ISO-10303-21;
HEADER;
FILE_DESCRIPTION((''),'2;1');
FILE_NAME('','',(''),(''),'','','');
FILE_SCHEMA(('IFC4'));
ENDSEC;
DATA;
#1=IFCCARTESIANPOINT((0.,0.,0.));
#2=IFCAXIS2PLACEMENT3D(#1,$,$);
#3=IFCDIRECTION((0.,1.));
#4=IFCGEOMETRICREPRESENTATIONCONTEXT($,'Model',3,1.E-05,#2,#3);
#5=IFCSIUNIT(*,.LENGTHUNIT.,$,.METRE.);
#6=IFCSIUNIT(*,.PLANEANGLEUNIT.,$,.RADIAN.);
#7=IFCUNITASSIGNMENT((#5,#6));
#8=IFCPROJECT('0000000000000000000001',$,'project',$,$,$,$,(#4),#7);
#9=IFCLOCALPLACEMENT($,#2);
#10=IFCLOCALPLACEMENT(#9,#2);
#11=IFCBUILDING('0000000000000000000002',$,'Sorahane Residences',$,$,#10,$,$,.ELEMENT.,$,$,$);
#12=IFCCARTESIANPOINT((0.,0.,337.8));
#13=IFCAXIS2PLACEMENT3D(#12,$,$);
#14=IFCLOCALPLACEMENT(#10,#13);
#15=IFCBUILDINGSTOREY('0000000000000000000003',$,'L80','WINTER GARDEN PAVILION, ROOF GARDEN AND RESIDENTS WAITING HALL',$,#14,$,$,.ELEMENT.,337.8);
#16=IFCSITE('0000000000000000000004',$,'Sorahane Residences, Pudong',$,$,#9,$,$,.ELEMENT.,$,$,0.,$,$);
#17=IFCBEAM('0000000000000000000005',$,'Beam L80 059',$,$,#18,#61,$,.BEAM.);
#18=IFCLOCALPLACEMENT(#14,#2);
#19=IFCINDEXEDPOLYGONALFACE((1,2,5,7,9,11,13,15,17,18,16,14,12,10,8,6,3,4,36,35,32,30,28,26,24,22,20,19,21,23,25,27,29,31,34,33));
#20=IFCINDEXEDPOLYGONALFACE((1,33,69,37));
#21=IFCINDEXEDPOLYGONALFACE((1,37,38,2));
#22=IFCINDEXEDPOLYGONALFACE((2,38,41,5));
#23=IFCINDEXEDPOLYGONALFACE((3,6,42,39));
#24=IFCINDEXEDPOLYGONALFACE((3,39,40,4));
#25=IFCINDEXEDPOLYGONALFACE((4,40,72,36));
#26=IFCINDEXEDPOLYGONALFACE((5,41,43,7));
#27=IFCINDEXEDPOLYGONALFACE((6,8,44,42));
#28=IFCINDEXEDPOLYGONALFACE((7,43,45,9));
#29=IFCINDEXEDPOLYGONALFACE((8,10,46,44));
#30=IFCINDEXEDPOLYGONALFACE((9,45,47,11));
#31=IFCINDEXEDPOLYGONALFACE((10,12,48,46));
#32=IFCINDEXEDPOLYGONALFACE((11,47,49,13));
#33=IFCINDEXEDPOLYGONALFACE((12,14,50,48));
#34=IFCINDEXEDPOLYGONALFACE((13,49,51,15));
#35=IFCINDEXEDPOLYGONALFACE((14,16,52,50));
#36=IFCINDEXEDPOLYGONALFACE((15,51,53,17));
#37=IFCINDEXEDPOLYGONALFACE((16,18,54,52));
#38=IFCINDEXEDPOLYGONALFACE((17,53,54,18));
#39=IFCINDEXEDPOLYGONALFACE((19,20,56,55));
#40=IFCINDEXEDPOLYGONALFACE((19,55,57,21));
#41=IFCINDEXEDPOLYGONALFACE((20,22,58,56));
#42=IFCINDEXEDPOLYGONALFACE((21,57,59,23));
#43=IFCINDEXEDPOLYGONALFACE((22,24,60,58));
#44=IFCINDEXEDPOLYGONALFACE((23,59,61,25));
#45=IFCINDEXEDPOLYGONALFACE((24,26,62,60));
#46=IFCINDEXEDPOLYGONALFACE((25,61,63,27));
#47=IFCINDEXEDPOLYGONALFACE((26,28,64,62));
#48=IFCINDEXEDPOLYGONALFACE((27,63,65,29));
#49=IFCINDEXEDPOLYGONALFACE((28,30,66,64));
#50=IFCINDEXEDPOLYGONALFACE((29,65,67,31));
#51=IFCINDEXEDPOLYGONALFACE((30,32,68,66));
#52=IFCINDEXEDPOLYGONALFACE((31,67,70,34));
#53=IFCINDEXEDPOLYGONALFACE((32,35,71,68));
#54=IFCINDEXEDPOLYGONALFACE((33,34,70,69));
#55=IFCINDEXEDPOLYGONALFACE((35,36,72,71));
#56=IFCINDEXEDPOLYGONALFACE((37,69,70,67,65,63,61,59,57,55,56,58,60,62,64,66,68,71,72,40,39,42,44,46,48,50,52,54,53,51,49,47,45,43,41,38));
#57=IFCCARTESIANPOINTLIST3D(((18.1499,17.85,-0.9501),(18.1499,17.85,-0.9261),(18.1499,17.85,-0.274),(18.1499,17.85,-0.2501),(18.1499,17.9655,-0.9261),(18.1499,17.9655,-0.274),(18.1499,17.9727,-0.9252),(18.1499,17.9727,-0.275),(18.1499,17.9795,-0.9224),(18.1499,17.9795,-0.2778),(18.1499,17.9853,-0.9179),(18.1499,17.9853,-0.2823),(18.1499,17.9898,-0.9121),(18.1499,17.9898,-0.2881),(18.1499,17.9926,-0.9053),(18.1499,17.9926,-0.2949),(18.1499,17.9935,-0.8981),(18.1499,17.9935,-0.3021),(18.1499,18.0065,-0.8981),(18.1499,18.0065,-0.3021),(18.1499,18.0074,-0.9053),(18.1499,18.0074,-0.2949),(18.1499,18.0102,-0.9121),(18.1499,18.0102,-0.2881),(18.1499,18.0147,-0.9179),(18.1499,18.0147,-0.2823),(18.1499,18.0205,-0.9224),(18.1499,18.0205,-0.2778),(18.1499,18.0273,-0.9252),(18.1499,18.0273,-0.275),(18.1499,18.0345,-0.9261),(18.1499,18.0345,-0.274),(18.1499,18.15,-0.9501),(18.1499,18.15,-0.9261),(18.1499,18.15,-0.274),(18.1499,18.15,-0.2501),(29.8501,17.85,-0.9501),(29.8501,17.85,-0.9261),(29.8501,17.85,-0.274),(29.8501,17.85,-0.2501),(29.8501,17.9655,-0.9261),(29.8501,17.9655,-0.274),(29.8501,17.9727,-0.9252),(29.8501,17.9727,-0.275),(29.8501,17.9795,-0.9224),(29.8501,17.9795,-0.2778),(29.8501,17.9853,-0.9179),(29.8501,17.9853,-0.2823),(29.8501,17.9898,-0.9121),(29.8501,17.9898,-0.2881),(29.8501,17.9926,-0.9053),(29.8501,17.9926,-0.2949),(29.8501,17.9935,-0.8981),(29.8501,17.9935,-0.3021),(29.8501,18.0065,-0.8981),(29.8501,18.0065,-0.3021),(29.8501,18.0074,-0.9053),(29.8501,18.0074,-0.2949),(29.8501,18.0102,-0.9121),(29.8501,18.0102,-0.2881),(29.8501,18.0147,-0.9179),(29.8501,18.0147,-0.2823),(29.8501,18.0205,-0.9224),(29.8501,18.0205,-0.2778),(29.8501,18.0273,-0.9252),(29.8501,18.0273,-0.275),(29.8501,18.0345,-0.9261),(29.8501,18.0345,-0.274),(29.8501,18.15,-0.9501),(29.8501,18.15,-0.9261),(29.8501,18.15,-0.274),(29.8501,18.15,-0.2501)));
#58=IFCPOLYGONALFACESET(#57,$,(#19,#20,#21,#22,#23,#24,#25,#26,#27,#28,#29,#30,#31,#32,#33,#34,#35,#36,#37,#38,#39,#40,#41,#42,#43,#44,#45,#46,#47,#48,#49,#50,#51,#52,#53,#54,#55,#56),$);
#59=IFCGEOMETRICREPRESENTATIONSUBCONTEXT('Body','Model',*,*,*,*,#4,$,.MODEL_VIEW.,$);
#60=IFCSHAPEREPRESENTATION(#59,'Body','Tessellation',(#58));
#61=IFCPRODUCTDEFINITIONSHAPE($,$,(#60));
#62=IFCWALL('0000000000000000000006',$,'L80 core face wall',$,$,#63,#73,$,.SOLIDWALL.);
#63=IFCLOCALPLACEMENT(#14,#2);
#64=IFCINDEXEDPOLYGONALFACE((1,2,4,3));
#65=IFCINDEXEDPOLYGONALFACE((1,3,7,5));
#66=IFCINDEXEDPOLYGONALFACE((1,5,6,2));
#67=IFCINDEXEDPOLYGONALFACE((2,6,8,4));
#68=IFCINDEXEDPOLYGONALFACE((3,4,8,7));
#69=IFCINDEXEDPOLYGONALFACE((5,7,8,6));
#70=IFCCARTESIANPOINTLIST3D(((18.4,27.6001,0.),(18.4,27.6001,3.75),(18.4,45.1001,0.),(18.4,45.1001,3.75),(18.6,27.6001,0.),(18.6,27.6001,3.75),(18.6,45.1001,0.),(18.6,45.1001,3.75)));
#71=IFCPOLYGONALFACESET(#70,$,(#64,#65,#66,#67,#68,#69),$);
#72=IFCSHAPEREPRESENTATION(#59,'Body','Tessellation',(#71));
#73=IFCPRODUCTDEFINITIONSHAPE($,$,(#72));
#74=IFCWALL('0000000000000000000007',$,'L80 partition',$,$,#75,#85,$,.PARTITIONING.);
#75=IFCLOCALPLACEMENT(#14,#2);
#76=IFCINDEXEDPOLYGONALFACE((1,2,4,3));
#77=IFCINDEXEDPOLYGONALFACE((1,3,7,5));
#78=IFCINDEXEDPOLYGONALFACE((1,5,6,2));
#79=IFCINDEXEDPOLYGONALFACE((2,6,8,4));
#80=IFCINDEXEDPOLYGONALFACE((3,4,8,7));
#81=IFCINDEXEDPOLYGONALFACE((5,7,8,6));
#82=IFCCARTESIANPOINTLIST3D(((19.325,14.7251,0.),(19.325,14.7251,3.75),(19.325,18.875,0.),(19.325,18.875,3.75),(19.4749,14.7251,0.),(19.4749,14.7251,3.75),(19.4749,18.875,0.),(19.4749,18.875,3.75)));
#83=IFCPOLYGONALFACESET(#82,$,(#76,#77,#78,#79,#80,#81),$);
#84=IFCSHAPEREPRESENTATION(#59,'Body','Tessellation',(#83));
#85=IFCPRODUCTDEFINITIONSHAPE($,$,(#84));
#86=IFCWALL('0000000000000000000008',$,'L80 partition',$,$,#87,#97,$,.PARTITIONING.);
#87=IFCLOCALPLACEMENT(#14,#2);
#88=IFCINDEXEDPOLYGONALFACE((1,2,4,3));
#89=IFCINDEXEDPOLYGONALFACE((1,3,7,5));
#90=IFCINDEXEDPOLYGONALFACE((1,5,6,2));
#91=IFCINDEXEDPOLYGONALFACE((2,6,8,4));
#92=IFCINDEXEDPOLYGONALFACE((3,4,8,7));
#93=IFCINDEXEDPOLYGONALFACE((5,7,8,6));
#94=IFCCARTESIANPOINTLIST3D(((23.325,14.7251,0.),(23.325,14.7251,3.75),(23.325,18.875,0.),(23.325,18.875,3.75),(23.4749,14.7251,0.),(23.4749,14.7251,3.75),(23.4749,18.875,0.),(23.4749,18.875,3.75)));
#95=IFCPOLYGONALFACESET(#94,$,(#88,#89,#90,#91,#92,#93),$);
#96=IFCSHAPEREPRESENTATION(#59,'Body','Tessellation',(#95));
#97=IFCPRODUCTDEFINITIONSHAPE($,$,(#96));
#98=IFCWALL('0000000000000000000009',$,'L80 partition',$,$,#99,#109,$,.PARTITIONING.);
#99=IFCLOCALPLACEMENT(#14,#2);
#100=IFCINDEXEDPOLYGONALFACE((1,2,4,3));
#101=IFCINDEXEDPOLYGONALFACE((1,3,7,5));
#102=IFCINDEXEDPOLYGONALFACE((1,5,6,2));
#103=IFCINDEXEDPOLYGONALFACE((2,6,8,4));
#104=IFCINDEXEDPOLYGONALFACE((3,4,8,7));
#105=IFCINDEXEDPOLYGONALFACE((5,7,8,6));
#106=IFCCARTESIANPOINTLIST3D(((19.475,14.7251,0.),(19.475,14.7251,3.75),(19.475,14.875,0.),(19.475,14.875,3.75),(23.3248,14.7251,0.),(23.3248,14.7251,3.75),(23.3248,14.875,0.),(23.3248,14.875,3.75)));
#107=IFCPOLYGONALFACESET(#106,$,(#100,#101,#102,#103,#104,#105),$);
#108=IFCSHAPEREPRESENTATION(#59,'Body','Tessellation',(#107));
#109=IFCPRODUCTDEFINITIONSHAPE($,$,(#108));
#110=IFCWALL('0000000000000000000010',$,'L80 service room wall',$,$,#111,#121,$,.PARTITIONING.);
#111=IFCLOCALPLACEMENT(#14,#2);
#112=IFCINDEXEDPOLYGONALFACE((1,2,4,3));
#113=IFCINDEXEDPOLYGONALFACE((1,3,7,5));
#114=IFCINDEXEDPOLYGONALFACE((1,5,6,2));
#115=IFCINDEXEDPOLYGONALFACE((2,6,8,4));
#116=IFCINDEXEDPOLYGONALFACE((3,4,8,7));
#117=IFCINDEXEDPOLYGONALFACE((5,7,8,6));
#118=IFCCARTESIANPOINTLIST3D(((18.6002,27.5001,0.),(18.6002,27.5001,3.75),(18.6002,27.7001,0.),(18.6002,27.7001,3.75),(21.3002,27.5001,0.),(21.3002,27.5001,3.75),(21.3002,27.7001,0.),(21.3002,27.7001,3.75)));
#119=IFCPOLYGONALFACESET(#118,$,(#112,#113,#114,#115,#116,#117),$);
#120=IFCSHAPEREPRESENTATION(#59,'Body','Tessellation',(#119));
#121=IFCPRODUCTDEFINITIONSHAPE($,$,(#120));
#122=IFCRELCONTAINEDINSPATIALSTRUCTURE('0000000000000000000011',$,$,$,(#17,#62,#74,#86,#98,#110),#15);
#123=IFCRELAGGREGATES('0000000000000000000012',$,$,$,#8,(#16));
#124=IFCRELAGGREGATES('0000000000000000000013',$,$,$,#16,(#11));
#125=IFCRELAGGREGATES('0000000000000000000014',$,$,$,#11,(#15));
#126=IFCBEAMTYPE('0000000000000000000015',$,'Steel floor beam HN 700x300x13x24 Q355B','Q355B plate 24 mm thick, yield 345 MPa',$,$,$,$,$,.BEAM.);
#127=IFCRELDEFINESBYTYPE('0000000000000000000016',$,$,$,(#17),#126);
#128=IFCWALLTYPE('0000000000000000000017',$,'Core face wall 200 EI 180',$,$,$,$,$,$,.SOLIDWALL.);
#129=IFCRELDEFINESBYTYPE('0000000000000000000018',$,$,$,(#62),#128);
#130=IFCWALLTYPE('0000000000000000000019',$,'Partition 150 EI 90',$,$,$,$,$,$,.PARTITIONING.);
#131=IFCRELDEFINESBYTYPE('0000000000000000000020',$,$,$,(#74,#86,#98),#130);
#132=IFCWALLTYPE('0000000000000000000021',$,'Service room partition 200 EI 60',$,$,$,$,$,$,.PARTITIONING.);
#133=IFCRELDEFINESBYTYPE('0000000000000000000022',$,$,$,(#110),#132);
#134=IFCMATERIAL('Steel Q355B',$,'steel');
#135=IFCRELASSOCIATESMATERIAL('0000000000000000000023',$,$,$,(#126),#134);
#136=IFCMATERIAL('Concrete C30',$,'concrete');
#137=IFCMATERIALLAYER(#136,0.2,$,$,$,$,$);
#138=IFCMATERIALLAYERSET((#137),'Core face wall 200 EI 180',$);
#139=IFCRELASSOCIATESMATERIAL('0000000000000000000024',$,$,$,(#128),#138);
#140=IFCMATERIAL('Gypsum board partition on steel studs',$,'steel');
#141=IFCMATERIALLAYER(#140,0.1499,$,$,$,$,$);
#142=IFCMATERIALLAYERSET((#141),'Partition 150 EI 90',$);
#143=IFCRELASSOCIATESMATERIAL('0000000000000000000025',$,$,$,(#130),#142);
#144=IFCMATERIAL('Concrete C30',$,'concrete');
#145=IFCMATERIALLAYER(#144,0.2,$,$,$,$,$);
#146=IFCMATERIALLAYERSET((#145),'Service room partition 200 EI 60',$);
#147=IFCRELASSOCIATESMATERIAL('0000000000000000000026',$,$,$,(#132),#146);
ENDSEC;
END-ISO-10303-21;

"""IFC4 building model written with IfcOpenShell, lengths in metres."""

from ifc_helpers import new_model, si_unit, direction, frame, frame_2d, origin, origin_2d, place, context, subcontext, project, spatial, rectangle, i_section, extrude, material, layer, layer_set, material_profile, profile_set, type_object, element, save


model = new_model("IFC4")

# Units and contexts
model_context = context("Model", 3, precision=1e-05, world=origin(), true_north=direction((0.0, 1.0)))
body_context = subcontext(model_context, "Body", "Model", "MODEL_VIEW")
ifc_project = project(units=[si_unit("LENGTHUNIT", "METRE"), si_unit("PLANEANGLEUNIT", "RADIAN")], contexts=[model_context])

# Site, building, storey
site_placement = place(None, origin())
site = spatial("IfcSite", under=ifc_project, at=site_placement, Name="Sorahane Residences, Pudong", CompositionType="ELEMENT", RefElevation=0.0)
building_placement = place(site_placement, origin())
building = spatial("IfcBuilding", under=site, at=building_placement, Name="Sorahane Residences", CompositionType="ELEMENT")
storey_placement = place(building_placement, frame((0.0, 0.0, 337.8)))
storey = spatial("IfcBuildingStorey", under=building, at=storey_placement, Name="L80", Description="WINTER GARDEN PAVILION, ROOF GARDEN AND RESIDENTS WAITING HALL", CompositionType="ELEMENT", Elevation=337.8)

# Beam
ifc_material_1 = material(Name="Steel Q355B", Category="steel")
ifc_material_profile = material_profile(ifc_material_1, i_section(OverallWidth=0.3, OverallDepth=0.7, WebThickness=0.0129, FlangeThickness=0.0239, FilletRadius=0.0281, at=origin_2d()), Name="HN 700x300x13x24")
ifc_profile_set = profile_set([ifc_material_profile], Name="Steel Q355B")
beam_type = type_object("IfcBeamType", Name="Steel floor beam HN 700x300x13x24 Q355B", Description="Q355B plate 24 mm thick, yield 345 MPa", PredefinedType="BEAM", material=ifc_profile_set)
beam_placement = place(storey_placement, frame((18.1499, 18.0, -0.6001), z_axis=(1.0, 0.0, 0.0), x_axis=(0.0, 1.0, 0.0)))
element("IfcBeam", 1, at=beam_placement, inside=storey, type_object=beam_type, Name="Beam L80 059", PredefinedType="BEAM", context=body_context, shape_type="SweptSolid", body=[
    extrude(i_section(OverallWidth=0.3, OverallDepth=0.7, WebThickness=0.0129, FlangeThickness=0.0239, FilletRadius=0.0281, at=origin_2d()), origin(), (0.0, 0.0, 1.0), 11.7002),
])

# Walls
ifc_material_2 = material(Name="Concrete C30", Category="concrete")
ifc_layer_1 = layer(ifc_material_2, 0.2)
ifc_layer_set_1 = layer_set([ifc_layer_1], Name="Core face wall 200 EI 180")
wall_type_1 = type_object("IfcWallType", Name="Core face wall 200 EI 180", PredefinedType="SOLIDWALL", material=ifc_layer_set_1)
wall_1_placement = place(storey_placement, frame((18.5, 27.6001, 0.0), z_axis=(0.0, 0.0, 1.0), x_axis=(0.0, 1.0, 0.0)))
element("IfcWall", 2, at=wall_1_placement, inside=storey, type_object=wall_type_1, Name="L80 core face wall", PredefinedType="SOLIDWALL", context=body_context, shape_type="SweptSolid", body=[
    extrude(rectangle(XDim=17.5, YDim=0.2, at=frame_2d((8.75, 0.0))), origin(), (0.0, 0.0, 1.0), 3.75),
])
ifc_material_3 = material(Name="Gypsum board partition on steel studs", Category="steel")
ifc_layer_2 = layer(ifc_material_3, 0.1499)
ifc_layer_set_2 = layer_set([ifc_layer_2], Name="Partition 150 EI 90")
wall_type_2 = type_object("IfcWallType", Name="Partition 150 EI 90", PredefinedType="PARTITIONING", material=ifc_layer_set_2)
for number, where, z_axis, x_axis, name in (
    (3, (19.3999, 14.7251, 0.0), (0.0, 0.0, 1.0), (0.0, 1.0, 0.0), "L80 partition"),
    (4, (23.3999, 14.7251, 0.0), (0.0, 0.0, 1.0), (0.0, 1.0, 0.0), "L80 partition"),
):
    element("IfcWall", number, at=place(storey_placement, frame(where, z_axis=z_axis, x_axis=x_axis)), inside=storey, type_object=wall_type_2, Name=name, PredefinedType="PARTITIONING", context=body_context, shape_type="SweptSolid", body=[
        extrude(rectangle(XDim=4.1499, YDim=0.1499, at=frame_2d((2.075, 0.0))), origin(), (0.0, 0.0, 1.0), 3.75),
    ])
wall_2_placement = place(storey_placement, frame((19.4751, 14.8, 0.0), z_axis=(0.0, 0.0, 1.0), x_axis=(1.0, 0.0, 0.0)))
element("IfcWall", 5, at=wall_2_placement, inside=storey, type_object=wall_type_2, Name="L80 partition", PredefinedType="PARTITIONING", context=body_context, shape_type="SweptSolid", body=[
    extrude(rectangle(XDim=3.8499, YDim=0.1499, at=frame_2d((1.9248, 0.0))), origin(), (0.0, 0.0, 1.0), 3.75),
])

# Wall
ifc_material_4 = material(Name="Concrete C30", Category="concrete")
ifc_layer_3 = layer(ifc_material_4, 0.2)
ifc_layer_set_3 = layer_set([ifc_layer_3], Name="Service room partition 200 EI 60")
wall_type_3 = type_object("IfcWallType", Name="Service room partition 200 EI 60", PredefinedType="PARTITIONING", material=ifc_layer_set_3)
wall_3_placement = place(storey_placement, frame((18.6001, 27.6001, 0.0), z_axis=(0.0, 0.0, 1.0), x_axis=(1.0, 0.0, 0.0)))
element("IfcWall", 6, at=wall_3_placement, inside=storey, type_object=wall_type_3, Name="L80 service room wall", PredefinedType="PARTITIONING", context=body_context, shape_type="SweptSolid", body=[
    extrude(rectangle(XDim=2.7, YDim=0.2, at=frame_2d((1.3501, 0.0))), origin(), (0.0, 0.0, 1.0), 3.75),
])

save(model, "model.ifc")
